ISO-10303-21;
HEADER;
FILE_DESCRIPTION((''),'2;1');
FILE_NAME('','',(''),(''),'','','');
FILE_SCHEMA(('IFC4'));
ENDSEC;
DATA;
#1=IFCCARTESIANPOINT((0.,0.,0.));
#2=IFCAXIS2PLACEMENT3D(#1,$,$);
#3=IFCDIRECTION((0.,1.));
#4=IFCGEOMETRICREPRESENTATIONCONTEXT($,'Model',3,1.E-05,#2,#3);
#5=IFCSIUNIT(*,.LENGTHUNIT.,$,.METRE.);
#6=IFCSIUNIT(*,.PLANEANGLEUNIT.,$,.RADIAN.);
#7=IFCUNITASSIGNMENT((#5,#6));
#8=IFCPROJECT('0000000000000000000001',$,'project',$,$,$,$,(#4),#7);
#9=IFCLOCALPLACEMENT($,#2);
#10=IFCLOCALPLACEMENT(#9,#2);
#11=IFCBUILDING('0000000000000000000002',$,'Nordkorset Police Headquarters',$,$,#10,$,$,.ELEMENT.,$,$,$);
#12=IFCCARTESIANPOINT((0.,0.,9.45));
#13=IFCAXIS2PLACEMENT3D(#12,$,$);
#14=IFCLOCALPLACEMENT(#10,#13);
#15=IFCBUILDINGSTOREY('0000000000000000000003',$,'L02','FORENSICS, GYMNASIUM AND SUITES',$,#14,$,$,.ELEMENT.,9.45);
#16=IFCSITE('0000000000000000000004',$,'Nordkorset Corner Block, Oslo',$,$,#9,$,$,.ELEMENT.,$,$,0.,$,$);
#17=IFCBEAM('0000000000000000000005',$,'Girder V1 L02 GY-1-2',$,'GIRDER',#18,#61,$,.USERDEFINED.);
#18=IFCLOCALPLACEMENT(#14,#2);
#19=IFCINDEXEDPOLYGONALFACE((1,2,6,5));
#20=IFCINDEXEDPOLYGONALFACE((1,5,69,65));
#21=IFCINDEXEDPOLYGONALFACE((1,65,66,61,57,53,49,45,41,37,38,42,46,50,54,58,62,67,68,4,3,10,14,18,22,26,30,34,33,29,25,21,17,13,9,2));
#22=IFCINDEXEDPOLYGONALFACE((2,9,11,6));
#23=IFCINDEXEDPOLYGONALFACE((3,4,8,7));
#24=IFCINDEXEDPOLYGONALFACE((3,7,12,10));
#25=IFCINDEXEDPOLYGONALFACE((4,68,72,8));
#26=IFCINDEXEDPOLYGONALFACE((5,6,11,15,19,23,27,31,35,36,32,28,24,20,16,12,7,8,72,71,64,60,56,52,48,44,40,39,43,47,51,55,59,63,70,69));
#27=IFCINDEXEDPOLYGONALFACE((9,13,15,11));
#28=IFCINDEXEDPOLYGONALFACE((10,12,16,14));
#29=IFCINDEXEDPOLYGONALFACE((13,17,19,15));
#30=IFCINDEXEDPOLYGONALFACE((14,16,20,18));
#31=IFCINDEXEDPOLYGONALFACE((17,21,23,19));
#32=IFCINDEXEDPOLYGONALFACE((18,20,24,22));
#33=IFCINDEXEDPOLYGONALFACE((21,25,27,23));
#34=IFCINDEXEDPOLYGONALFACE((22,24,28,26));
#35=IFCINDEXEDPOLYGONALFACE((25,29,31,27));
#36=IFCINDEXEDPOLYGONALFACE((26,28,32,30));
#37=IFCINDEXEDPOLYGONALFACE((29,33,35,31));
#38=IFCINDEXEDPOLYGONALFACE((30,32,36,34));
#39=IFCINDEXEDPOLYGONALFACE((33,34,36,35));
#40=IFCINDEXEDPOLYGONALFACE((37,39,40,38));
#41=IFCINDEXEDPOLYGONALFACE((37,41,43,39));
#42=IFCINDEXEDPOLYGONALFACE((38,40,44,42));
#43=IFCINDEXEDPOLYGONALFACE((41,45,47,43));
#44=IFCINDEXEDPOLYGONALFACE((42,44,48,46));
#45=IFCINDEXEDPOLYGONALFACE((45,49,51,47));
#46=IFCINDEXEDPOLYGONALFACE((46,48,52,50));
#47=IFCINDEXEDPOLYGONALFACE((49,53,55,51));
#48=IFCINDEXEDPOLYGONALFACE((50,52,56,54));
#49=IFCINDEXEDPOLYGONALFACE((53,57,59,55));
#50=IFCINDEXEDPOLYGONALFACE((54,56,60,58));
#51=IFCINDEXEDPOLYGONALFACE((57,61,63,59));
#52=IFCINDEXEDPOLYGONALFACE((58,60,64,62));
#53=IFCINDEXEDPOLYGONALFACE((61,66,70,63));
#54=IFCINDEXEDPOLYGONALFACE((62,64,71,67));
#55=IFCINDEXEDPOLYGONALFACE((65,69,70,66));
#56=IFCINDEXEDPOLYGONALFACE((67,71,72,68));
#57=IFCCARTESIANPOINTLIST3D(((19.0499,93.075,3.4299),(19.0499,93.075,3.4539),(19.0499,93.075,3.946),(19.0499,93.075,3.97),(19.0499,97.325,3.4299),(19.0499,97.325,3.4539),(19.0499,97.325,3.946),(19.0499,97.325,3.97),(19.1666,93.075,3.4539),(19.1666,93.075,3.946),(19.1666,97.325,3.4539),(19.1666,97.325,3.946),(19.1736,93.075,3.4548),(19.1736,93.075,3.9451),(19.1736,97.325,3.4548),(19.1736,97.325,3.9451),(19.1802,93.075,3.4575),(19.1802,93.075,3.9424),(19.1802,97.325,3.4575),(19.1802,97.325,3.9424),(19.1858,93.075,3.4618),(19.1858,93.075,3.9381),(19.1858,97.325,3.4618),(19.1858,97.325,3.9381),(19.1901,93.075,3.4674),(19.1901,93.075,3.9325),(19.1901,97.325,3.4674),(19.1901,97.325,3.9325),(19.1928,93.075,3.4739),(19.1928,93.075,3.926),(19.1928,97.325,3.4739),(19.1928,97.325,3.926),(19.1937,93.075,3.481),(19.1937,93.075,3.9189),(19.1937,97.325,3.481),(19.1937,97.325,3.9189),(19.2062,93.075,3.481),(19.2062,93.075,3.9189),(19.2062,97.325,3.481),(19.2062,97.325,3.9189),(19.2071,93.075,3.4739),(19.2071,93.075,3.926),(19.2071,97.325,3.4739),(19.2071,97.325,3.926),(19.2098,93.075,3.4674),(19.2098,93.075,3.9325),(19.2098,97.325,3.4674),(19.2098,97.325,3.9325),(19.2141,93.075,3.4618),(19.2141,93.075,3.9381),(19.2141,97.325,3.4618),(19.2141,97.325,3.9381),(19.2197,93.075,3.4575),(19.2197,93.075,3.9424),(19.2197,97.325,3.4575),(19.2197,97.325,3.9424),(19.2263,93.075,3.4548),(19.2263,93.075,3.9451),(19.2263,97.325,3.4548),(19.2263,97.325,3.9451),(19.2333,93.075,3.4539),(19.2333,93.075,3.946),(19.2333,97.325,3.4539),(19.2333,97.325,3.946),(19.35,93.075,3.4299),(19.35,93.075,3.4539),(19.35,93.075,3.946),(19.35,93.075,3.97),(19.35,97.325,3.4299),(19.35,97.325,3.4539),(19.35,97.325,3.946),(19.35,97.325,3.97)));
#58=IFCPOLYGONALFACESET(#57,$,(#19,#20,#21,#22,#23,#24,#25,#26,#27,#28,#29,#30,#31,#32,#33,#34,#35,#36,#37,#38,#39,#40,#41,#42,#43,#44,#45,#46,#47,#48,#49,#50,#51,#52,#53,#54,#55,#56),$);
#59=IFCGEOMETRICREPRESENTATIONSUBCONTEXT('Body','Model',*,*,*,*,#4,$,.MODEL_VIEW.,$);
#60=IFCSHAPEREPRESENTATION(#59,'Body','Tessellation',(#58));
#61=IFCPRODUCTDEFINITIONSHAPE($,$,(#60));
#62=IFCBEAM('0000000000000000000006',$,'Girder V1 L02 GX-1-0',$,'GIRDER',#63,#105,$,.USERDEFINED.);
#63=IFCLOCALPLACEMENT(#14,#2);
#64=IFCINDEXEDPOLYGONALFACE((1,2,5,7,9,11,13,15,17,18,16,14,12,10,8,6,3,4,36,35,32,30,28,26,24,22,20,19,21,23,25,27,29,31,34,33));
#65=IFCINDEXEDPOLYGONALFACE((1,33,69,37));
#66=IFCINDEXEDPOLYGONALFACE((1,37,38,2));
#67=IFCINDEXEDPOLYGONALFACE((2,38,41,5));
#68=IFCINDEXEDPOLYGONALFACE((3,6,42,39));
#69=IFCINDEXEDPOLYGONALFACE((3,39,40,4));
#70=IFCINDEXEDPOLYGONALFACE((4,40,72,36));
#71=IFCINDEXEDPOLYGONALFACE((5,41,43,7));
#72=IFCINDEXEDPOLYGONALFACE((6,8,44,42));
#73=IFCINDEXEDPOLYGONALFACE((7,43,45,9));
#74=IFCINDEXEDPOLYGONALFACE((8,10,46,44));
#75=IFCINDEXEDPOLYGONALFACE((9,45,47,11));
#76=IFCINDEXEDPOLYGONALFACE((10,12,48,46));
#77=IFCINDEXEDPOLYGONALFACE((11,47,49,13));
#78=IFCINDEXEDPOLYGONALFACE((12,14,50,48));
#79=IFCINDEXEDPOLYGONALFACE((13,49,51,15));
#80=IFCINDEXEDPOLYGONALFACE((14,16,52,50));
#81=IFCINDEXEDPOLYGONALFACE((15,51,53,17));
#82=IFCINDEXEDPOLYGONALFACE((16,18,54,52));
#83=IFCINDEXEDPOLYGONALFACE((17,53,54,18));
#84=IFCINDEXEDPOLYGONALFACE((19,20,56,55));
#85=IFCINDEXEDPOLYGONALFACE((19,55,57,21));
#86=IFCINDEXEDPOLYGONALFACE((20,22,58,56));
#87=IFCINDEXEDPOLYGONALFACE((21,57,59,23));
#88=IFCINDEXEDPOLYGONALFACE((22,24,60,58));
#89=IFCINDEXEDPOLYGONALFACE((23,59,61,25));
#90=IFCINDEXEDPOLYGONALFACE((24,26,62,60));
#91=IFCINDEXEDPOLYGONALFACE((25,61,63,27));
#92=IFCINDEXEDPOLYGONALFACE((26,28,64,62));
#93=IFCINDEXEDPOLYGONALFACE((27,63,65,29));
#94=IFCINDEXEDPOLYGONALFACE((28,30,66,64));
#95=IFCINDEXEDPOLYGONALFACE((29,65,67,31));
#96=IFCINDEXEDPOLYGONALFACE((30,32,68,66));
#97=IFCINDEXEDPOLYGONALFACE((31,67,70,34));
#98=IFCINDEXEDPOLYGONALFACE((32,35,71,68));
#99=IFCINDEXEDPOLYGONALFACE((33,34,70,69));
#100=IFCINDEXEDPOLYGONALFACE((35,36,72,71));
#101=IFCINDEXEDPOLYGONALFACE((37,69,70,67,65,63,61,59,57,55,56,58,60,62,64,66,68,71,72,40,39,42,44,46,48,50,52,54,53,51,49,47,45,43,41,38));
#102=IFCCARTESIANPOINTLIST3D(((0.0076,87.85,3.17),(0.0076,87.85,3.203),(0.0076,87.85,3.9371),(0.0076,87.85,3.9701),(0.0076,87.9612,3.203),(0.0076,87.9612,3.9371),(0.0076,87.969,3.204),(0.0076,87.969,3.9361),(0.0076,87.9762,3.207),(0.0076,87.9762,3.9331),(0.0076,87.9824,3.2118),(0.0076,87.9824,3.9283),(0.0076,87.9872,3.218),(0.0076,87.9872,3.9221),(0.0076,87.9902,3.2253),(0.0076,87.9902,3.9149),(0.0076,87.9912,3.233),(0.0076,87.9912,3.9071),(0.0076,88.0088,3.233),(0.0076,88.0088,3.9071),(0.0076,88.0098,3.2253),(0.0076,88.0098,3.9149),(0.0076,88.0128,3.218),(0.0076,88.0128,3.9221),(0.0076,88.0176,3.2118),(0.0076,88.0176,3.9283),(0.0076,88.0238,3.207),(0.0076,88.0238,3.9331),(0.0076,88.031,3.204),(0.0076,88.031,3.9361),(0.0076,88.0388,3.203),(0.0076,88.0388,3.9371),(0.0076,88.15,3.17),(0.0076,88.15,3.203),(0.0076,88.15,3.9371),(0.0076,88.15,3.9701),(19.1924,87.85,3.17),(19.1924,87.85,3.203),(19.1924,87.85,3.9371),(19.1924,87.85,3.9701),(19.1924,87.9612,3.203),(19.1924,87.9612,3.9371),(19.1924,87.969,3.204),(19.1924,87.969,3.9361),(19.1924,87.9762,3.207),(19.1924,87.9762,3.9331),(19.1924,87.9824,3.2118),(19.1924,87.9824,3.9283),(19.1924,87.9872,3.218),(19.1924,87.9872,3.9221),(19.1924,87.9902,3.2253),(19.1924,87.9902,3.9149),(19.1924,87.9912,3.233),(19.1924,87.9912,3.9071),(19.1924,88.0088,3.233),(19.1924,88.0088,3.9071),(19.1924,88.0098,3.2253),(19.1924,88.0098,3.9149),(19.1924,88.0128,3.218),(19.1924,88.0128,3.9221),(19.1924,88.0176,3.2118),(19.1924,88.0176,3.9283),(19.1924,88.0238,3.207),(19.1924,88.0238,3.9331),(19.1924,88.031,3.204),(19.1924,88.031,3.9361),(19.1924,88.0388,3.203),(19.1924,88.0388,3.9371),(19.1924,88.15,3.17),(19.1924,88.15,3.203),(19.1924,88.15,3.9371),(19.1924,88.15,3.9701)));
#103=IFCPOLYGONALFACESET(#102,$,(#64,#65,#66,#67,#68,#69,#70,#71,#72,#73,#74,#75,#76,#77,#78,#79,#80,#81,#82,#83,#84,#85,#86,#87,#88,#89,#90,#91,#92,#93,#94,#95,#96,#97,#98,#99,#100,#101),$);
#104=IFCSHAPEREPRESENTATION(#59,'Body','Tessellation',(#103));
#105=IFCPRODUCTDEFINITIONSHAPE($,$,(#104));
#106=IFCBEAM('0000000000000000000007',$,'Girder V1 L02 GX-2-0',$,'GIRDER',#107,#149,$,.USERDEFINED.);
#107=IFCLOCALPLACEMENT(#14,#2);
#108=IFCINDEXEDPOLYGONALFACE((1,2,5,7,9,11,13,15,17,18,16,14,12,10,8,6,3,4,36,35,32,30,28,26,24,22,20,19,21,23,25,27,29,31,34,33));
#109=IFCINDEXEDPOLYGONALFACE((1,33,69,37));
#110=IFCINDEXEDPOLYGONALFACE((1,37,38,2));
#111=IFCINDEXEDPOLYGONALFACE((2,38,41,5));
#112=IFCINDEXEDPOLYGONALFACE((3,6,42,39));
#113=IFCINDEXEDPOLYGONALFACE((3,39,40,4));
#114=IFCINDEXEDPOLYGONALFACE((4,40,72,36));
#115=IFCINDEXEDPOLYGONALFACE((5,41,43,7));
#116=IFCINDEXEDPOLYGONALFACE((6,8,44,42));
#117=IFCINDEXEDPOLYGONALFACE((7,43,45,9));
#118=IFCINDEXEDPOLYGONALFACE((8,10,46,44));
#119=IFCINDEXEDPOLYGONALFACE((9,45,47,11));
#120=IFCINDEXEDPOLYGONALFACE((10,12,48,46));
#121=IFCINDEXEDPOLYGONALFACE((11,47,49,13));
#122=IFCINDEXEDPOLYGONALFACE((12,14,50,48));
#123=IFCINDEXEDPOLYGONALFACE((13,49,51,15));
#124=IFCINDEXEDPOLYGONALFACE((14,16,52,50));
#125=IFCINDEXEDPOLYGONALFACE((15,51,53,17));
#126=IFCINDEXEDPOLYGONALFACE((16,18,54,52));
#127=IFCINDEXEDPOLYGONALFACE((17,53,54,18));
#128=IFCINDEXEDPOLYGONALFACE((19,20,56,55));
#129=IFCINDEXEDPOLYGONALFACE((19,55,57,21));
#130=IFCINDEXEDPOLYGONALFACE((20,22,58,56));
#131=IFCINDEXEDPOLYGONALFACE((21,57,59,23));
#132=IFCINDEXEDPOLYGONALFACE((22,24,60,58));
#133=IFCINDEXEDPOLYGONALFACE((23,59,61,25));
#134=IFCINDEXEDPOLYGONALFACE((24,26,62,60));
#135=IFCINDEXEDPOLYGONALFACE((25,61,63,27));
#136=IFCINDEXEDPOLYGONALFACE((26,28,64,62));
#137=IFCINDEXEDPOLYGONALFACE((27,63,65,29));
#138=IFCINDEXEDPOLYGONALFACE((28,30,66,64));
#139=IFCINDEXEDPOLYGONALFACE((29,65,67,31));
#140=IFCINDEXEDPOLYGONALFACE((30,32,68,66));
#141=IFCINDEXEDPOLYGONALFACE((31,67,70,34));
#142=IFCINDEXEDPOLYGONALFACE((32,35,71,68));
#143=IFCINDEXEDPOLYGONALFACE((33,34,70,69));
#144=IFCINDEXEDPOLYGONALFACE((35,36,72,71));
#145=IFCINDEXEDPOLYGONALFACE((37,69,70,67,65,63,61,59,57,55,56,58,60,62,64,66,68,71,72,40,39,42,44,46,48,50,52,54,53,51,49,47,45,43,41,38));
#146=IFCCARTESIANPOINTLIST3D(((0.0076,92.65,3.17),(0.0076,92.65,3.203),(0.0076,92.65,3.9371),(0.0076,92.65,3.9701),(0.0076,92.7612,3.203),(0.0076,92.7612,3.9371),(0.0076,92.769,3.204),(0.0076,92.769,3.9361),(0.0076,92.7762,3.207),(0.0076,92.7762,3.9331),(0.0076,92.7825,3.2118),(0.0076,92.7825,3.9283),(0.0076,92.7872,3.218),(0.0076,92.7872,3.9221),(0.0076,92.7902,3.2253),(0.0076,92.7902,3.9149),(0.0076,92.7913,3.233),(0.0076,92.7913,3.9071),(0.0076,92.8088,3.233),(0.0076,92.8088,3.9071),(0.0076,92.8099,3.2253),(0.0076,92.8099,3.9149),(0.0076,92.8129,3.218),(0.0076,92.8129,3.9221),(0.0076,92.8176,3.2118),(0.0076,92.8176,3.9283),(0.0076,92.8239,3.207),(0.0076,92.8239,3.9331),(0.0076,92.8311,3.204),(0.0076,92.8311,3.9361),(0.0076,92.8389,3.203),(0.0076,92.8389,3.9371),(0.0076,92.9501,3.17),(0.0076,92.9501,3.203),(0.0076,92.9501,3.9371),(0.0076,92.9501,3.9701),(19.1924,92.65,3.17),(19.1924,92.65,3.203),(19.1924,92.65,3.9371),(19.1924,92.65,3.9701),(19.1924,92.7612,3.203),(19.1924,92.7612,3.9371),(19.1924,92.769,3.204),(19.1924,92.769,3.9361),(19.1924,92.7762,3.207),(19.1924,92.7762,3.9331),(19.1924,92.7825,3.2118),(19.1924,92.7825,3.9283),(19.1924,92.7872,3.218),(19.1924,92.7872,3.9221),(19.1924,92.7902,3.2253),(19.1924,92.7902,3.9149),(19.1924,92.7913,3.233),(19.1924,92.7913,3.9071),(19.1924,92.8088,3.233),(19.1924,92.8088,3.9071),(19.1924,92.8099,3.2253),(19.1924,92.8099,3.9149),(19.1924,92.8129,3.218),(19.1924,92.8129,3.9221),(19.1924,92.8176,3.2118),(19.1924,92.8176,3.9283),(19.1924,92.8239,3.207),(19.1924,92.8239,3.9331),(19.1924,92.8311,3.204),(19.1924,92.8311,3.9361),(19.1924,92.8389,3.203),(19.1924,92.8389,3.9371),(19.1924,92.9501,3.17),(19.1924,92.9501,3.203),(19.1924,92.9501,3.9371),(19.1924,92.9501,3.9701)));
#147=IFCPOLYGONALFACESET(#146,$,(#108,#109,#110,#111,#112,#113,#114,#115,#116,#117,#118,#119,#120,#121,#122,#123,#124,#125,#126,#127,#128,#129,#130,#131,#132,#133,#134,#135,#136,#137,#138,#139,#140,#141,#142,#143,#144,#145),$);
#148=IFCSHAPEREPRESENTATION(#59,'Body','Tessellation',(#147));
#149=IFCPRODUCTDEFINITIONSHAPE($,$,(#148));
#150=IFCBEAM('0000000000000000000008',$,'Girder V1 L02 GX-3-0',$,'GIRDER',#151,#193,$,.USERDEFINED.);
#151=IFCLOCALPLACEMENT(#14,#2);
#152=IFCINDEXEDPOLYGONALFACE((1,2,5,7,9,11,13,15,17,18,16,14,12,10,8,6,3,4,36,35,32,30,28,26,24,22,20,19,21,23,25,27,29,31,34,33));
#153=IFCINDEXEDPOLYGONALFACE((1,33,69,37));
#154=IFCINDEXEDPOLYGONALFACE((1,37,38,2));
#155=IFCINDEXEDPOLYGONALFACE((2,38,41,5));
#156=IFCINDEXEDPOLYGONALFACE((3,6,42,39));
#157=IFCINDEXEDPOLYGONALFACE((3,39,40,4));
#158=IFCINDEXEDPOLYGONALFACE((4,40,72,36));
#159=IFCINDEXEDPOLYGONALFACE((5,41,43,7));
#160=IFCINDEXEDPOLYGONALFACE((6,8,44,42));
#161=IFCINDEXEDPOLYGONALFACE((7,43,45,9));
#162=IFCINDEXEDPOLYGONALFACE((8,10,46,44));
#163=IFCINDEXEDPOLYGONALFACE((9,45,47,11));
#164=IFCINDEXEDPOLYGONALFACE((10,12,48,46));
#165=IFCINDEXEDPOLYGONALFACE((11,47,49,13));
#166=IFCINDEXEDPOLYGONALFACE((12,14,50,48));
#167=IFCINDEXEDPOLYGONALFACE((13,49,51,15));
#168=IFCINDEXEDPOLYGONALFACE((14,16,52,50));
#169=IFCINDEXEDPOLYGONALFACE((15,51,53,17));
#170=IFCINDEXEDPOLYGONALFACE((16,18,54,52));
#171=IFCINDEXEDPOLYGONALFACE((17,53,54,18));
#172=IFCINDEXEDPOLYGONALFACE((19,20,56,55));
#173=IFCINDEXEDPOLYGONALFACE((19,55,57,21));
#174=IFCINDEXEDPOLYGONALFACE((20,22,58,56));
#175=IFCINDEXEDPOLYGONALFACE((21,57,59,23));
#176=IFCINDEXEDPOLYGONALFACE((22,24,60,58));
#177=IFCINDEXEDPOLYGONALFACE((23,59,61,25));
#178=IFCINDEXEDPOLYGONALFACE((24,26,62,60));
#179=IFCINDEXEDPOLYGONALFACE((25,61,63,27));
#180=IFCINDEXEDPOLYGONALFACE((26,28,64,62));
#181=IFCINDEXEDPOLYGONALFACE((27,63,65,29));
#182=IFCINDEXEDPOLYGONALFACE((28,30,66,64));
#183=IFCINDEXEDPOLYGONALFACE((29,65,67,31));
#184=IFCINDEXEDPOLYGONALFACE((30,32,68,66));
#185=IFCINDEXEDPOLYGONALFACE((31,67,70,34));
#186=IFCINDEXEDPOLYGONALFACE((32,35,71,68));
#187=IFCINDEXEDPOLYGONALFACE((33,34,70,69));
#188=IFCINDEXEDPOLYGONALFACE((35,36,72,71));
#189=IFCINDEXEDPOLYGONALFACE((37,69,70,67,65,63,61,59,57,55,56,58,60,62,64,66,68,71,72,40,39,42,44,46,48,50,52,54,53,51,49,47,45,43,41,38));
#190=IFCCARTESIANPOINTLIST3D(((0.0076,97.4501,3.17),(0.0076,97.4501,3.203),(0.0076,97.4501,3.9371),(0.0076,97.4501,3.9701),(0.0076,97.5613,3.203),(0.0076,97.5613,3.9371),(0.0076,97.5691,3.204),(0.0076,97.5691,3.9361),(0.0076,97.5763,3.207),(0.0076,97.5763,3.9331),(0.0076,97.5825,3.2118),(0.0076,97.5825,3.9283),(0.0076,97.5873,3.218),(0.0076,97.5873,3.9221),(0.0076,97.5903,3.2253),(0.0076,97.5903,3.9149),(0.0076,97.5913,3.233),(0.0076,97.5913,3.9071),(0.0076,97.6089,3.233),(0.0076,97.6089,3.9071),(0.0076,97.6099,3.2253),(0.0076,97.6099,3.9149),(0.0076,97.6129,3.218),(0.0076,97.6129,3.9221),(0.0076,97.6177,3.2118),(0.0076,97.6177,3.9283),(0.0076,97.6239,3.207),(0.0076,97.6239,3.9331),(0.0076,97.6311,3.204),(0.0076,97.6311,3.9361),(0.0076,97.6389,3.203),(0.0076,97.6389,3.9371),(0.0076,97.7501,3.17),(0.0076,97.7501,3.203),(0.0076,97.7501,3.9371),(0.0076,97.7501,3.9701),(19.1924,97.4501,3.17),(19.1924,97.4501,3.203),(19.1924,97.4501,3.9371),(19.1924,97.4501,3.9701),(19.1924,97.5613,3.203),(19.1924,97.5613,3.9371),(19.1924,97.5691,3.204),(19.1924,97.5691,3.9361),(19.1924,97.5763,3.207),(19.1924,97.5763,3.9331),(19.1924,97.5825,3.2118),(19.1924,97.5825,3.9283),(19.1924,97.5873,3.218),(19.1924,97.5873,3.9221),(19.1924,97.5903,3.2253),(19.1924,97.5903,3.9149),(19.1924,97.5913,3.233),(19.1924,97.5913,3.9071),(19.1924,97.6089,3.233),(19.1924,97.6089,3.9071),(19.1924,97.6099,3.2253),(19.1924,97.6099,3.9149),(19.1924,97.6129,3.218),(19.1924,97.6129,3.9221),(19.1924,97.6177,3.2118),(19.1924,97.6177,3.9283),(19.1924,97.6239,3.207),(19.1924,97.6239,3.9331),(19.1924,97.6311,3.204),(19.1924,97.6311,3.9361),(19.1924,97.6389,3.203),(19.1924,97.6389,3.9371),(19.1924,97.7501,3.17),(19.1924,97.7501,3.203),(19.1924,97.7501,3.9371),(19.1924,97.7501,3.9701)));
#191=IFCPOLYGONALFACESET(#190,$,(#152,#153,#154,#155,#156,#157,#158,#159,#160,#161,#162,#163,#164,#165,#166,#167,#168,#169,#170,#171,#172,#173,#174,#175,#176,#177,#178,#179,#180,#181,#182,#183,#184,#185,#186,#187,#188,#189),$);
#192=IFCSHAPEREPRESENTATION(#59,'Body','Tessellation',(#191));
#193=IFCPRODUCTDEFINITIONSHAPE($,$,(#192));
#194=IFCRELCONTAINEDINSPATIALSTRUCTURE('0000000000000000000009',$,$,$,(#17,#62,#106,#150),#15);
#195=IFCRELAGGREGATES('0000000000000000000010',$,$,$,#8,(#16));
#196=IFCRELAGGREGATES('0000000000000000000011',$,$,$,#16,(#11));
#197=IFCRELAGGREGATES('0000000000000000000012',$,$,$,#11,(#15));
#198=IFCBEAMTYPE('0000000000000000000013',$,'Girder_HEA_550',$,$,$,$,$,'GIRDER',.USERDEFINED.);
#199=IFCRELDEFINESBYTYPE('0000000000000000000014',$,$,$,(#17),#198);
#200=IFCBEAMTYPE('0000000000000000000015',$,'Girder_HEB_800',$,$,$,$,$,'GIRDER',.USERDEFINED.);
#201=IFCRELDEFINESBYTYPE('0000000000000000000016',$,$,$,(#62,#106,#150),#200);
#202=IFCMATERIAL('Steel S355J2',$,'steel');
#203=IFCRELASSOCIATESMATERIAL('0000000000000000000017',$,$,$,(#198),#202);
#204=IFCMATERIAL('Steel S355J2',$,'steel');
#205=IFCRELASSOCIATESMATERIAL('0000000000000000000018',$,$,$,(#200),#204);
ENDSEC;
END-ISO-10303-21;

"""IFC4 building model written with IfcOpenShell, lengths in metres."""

from ifc_helpers import new_model, si_unit, direction, frame, origin, origin_2d, place, context, subcontext, project, spatial, i_section, extrude, material, material_profile, profile_set, type_object, element, save


model = new_model("IFC4")

# Units and contexts
model_context = context("Model", 3, precision=1e-05, world=origin(), true_north=direction((0.0, 1.0)))
body_context = subcontext(model_context, "Body", "Model", "MODEL_VIEW")
ifc_project = project(units=[si_unit("LENGTHUNIT", "METRE"), si_unit("PLANEANGLEUNIT", "RADIAN")], contexts=[model_context])

# Site, building, storey
site_placement = place(None, origin())
site = spatial("IfcSite", under=ifc_project, at=site_placement, Name="Nordkorset Corner Block, Oslo", CompositionType="ELEMENT", RefElevation=0.0)
building_placement = place(site_placement, origin())
building = spatial("IfcBuilding", under=site, at=building_placement, Name="Nordkorset Police Headquarters", CompositionType="ELEMENT")
storey_placement = place(building_placement, frame((0.0, 0.0, 9.45)))
storey = spatial("IfcBuildingStorey", under=building, at=storey_placement, Name="L02", Description="FORENSICS, GYMNASIUM AND SUITES", CompositionType="ELEMENT", Elevation=9.45)

# Beams
ifc_material_1 = material(Name="Steel S355J2", Category="steel")
ifc_material_profile_1 = material_profile(ifc_material_1, i_section(OverallWidth=0.3, OverallDepth=0.54, WebThickness=0.0125, FlangeThickness=0.0239, FilletRadius=0.0271, at=origin_2d()), Name="HEA 550")
ifc_profile_set_1 = profile_set([ifc_material_profile_1], Name="Steel S355J2")
beam_type_1 = type_object("IfcBeamType", Name="Girder_HEA_550", ElementType="GIRDER", PredefinedType="USERDEFINED", material=ifc_profile_set_1)
for number, where, z_axis, x_axis, name in (
    (1, (19.2, 93.075, 3.7), (0.0, 1.0, 0.0), (-1.0, 0.0, 0.0), "Girder V1 L02 GY-1-2"),
):
    element("IfcBeam", number, at=place(storey_placement, frame(where, z_axis=z_axis, x_axis=x_axis)), inside=storey, type_object=beam_type_1, Name=name, ObjectType="GIRDER", PredefinedType="USERDEFINED", context=body_context, shape_type="SweptSolid", body=[
        extrude(i_section(OverallWidth=0.3, OverallDepth=0.54, WebThickness=0.0125, FlangeThickness=0.0239, FilletRadius=0.0271, at=origin_2d()), origin(), (0.0, 0.0, 1.0), 4.25),
    ])
ifc_material_2 = material(Name="Steel S355J2", Category="steel")
ifc_material_profile_2 = material_profile(ifc_material_2, i_section(OverallWidth=0.3, OverallDepth=0.8, WebThickness=0.0176, FlangeThickness=0.033, FilletRadius=0.03, at=origin_2d()), Name="HEB 800")
ifc_profile_set_2 = profile_set([ifc_material_profile_2], Name="Steel S355J2")
beam_type_2 = type_object("IfcBeamType", Name="Girder_HEB_800", ElementType="GIRDER", PredefinedType="USERDEFINED", material=ifc_profile_set_2)
for number, where, z_axis, x_axis, name in (
    (2, (0.0076, 88.0, 3.5701), (1.0, 0.0, 0.0), (0.0, 1.0, 0.0), "Girder V1 L02 GX-1-0"),
    (3, (0.0076, 92.8, 3.5701), (1.0, 0.0, 0.0), (0.0, 1.0, 0.0), "Girder V1 L02 GX-2-0"),
    (4, (0.0076, 97.6001, 3.5701), (1.0, 0.0, 0.0), (0.0, 1.0, 0.0), "Girder V1 L02 GX-3-0"),
):
    element("IfcBeam", number, at=place(storey_placement, frame(where, z_axis=z_axis, x_axis=x_axis)), inside=storey, type_object=beam_type_2, Name=name, ObjectType="GIRDER", PredefinedType="USERDEFINED", context=body_context, shape_type="SweptSolid", body=[
        extrude(i_section(OverallWidth=0.3, OverallDepth=0.8, WebThickness=0.0176, FlangeThickness=0.033, FilletRadius=0.03, at=origin_2d()), origin(), (0.0, 0.0, 1.0), 19.1848),
    ])

save(model, "model.ifc")
